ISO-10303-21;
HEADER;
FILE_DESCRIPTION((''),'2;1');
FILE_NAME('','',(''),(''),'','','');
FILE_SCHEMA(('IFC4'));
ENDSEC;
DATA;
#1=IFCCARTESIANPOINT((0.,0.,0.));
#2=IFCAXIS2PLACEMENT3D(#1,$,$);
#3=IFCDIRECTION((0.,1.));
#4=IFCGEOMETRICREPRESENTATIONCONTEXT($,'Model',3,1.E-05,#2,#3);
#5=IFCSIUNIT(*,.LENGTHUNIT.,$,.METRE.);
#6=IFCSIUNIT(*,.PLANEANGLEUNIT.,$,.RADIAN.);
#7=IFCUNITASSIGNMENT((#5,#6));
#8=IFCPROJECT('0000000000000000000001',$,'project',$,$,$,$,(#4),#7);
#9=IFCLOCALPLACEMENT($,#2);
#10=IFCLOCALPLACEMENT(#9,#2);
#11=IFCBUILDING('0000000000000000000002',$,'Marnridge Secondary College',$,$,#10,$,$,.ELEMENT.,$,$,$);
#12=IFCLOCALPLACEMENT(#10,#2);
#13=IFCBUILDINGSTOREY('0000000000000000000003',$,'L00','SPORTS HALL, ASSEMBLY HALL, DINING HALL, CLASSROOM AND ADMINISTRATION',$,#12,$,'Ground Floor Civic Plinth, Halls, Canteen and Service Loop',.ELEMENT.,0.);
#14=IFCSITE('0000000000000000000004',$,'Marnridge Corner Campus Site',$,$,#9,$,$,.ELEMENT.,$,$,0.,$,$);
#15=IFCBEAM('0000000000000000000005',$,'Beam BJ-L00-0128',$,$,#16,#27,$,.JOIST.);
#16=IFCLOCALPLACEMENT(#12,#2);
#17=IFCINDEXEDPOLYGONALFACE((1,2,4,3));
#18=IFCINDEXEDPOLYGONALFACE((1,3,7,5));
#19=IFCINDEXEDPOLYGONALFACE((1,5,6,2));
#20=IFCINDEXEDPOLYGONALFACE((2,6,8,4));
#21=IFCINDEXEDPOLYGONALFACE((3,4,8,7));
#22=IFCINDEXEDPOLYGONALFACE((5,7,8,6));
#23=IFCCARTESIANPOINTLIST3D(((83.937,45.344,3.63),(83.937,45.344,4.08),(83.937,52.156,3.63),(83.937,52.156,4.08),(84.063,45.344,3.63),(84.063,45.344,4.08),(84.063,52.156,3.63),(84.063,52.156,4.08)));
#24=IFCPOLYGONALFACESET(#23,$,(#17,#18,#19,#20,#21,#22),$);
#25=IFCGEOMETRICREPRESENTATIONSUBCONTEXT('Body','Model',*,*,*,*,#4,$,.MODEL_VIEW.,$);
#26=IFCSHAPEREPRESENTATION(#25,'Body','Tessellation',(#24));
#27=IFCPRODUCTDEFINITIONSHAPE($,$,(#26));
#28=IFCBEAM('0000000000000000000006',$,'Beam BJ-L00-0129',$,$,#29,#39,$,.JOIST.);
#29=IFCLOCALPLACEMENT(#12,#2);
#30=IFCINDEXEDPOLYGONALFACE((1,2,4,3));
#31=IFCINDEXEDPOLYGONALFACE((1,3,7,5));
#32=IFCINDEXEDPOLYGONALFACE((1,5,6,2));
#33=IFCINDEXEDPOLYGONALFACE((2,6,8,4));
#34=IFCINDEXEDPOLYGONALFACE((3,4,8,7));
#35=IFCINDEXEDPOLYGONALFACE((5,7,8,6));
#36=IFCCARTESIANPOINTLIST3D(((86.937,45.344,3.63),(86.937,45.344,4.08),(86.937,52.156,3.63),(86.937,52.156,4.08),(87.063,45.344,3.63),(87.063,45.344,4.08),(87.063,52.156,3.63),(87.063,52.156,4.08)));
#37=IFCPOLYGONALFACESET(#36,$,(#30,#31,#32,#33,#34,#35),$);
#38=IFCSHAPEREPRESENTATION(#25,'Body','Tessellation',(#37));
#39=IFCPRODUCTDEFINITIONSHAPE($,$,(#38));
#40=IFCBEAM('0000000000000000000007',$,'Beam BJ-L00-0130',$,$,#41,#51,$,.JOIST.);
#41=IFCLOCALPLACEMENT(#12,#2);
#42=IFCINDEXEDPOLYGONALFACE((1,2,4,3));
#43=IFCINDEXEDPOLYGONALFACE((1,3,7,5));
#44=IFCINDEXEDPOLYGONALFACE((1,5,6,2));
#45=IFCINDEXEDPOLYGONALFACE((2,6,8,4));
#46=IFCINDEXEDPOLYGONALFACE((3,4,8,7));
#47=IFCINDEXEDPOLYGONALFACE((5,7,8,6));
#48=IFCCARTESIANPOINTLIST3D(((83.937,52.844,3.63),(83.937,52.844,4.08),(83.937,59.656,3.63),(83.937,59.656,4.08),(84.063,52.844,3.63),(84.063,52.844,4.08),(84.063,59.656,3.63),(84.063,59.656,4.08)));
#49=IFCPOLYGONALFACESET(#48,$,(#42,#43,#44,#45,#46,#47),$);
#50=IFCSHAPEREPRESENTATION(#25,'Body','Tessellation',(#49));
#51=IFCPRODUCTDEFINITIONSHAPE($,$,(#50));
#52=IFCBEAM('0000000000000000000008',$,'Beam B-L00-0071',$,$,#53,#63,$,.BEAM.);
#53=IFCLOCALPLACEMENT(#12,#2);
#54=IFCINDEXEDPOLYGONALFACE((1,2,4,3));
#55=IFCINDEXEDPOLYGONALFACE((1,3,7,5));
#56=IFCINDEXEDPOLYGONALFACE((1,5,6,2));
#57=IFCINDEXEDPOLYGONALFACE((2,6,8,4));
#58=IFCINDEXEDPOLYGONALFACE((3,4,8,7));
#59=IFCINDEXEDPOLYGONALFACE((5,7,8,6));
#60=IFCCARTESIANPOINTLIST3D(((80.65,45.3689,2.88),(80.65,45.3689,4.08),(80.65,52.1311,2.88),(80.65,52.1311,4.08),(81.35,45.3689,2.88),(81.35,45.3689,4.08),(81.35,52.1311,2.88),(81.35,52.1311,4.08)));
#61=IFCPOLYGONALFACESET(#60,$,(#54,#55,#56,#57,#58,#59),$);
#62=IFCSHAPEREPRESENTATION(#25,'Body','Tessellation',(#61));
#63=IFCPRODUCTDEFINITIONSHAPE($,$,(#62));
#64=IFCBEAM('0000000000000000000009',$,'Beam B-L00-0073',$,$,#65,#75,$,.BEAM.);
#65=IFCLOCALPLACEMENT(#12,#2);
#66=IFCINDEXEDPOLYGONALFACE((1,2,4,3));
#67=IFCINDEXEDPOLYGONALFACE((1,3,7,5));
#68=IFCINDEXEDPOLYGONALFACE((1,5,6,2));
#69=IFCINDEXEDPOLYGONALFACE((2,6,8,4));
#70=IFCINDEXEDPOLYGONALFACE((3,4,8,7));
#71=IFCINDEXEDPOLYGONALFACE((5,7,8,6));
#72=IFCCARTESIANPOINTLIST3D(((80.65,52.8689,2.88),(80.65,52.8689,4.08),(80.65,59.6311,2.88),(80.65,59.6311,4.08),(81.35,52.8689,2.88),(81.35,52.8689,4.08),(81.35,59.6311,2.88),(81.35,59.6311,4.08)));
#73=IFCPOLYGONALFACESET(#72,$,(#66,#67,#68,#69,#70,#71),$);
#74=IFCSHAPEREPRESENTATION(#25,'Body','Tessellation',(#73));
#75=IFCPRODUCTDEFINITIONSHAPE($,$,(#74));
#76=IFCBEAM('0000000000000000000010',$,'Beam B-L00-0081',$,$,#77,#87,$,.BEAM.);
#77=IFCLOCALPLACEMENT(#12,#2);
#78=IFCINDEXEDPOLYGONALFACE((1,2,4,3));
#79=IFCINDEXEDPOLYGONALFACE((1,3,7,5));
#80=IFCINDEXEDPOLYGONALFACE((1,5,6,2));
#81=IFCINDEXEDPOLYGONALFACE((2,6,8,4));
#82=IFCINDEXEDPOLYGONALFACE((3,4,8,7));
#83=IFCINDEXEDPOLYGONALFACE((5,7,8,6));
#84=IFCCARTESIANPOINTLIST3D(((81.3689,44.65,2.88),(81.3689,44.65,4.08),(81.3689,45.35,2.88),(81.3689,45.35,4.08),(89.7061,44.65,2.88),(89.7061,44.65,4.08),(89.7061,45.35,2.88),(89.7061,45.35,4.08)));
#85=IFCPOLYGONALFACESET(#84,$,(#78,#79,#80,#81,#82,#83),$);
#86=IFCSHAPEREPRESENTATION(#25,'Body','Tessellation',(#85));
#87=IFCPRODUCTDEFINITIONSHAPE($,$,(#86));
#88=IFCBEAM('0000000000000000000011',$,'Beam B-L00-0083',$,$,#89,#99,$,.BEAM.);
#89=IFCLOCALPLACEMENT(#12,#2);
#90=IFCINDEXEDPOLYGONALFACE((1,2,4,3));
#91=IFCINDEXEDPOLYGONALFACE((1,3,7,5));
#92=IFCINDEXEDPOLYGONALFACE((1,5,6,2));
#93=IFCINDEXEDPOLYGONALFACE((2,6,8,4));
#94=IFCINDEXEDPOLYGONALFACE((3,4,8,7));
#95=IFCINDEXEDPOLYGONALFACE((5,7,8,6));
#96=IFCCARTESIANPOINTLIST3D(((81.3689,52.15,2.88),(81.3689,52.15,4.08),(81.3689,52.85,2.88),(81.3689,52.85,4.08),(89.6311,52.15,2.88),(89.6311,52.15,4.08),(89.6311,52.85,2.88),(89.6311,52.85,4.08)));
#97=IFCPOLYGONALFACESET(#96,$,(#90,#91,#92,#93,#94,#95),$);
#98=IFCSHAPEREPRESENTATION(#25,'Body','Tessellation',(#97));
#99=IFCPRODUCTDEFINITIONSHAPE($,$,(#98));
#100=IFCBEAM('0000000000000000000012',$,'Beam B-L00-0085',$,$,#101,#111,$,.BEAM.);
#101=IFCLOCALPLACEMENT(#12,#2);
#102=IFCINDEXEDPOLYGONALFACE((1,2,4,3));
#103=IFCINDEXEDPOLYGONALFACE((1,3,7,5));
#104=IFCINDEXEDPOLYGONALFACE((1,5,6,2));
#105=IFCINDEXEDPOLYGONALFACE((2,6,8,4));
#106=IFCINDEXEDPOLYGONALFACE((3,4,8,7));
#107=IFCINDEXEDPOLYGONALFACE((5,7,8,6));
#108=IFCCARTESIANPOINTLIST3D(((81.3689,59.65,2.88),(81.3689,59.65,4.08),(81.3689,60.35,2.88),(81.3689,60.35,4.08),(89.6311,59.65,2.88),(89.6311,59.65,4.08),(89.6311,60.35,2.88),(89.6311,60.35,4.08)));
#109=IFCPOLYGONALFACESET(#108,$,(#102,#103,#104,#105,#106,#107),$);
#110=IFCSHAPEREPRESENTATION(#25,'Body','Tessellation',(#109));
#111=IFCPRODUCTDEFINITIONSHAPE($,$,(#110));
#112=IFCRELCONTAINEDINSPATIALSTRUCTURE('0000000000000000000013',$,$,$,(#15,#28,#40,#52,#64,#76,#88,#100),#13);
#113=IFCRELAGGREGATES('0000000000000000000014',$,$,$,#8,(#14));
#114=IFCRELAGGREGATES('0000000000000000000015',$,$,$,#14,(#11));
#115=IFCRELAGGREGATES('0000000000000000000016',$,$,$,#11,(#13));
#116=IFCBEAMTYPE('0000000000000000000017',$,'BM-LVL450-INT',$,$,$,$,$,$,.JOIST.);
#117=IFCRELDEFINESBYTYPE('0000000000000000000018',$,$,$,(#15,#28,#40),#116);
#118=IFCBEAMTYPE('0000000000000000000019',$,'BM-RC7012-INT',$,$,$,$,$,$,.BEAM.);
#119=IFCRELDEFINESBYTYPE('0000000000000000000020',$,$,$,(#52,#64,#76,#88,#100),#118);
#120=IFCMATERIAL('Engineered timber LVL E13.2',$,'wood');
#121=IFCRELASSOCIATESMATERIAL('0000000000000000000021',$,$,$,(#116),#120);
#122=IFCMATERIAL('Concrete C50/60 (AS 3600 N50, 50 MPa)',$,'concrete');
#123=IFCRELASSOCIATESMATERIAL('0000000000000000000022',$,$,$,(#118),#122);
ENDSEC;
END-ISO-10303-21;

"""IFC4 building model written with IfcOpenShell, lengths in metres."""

from ifc_helpers import new_model, si_unit, direction, frame, origin, origin_2d, place, context, subcontext, project, spatial, rectangle, extrude, material, material_profile, profile_set, type_object, element, save


model = new_model("IFC4")

# Units and contexts
model_context = context("Model", 3, precision=1e-05, world=origin(), true_north=direction((0.0, 1.0)))
body_context = subcontext(model_context, "Body", "Model", "MODEL_VIEW")
ifc_project = project(units=[si_unit("LENGTHUNIT", "METRE"), si_unit("PLANEANGLEUNIT", "RADIAN")], contexts=[model_context])

# Site, building, storey
site_placement = place(None, origin())
site = spatial("IfcSite", under=ifc_project, at=site_placement, Name="Marnridge Corner Campus Site", CompositionType="ELEMENT", RefElevation=0.0)
building_placement = place(site_placement, origin())
building = spatial("IfcBuilding", under=site, at=building_placement, Name="Marnridge Secondary College", CompositionType="ELEMENT")
storey_placement = place(building_placement, origin())
storey = spatial("IfcBuildingStorey", under=building, at=storey_placement, Name="L00", Description="SPORTS HALL, ASSEMBLY HALL, DINING HALL, CLASSROOM AND ADMINISTRATION", LongName="Ground Floor Civic Plinth, Halls, Canteen and Service Loop", CompositionType="ELEMENT", Elevation=0.0)

# Beams
ifc_material_1 = material(Name="Engineered timber LVL E13.2", Category="wood")
ifc_material_profile_1 = material_profile(ifc_material_1, rectangle(XDim=0.126, YDim=0.45, at=origin_2d()), Name="LVL 126x450")
ifc_profile_set_1 = profile_set([ifc_material_profile_1], Name="Engineered timber LVL E13.2")
beam_type_1 = type_object("IfcBeamType", Name="BM-LVL450-INT", PredefinedType="JOIST", material=ifc_profile_set_1)
for number, where, z_axis, x_axis, name in (
    (1, (84.0, 45.344, 3.855), (0.0, 1.0, 0.0), (-1.0, 0.0, 0.0), "Beam BJ-L00-0128"),
    (2, (87.0, 45.344, 3.855), (0.0, 1.0, 0.0), (-1.0, 0.0, 0.0), "Beam BJ-L00-0129"),
    (3, (84.0, 52.844, 3.855), (0.0, 1.0, 0.0), (-1.0, 0.0, 0.0), "Beam BJ-L00-0130"),
):
    element("IfcBeam", number, at=place(storey_placement, frame(where, z_axis=z_axis, x_axis=x_axis)), inside=storey, type_object=beam_type_1, Name=name, PredefinedType="JOIST", context=body_context, shape_type="SweptSolid", body=[
        extrude(rectangle(XDim=0.126, YDim=0.45, at=origin_2d()), origin(), (0.0, 0.0, 1.0), 6.812),
    ])
ifc_material_2 = material(Name="Concrete C50/60 (AS 3600 N50, 50 MPa)", Category="concrete")
ifc_material_profile_2 = material_profile(ifc_material_2, rectangle(XDim=0.7, YDim=1.2, at=origin_2d()), Name="RC 700x1200")
ifc_profile_set_2 = profile_set([ifc_material_profile_2], Name="Concrete C50/60 (AS 3600 N50, 50 MPa)")
beam_type_2 = type_object("IfcBeamType", Name="BM-RC7012-INT", PredefinedType="BEAM", material=ifc_profile_set_2)
for number, where, z_axis, x_axis, name in (
    (4, (81.0, 45.3689, 3.48), (0.0, 1.0, 0.0), (-1.0, 0.0, 0.0), "Beam B-L00-0071"),
    (5, (81.0, 52.8689, 3.48), (0.0, 1.0, 0.0), (-1.0, 0.0, 0.0), "Beam B-L00-0073"),
):
    element("IfcBeam", number, at=place(storey_placement, frame(where, z_axis=z_axis, x_axis=x_axis)), inside=storey, type_object=beam_type_2, Name=name, PredefinedType="BEAM", context=body_context, shape_type="SweptSolid", body=[
        extrude(rectangle(XDim=0.7, YDim=1.2, at=origin_2d()), origin(), (0.0, 0.0, 1.0), 6.7622),
    ])
beam_placement = place(storey_placement, frame((81.3689, 45.0, 3.48), z_axis=(1.0, 0.0, 0.0), x_axis=(0.0, 1.0, 0.0)))
element("IfcBeam", 6, at=beam_placement, inside=storey, type_object=beam_type_2, Name="Beam B-L00-0081", PredefinedType="BEAM", context=body_context, shape_type="SweptSolid", body=[
    extrude(rectangle(XDim=0.7, YDim=1.2, at=origin_2d()), origin(), (0.0, 0.0, 1.0), 8.3372),
])
for number, where, z_axis, x_axis, name in (
    (7, (81.3689, 52.5, 3.48), (1.0, 0.0, 0.0), (0.0, 1.0, 0.0), "Beam B-L00-0083"),
    (8, (81.3689, 60.0, 3.48), (1.0, 0.0, 0.0), (0.0, 1.0, 0.0), "Beam B-L00-0085"),
):
    element("IfcBeam", number, at=place(storey_placement, frame(where, z_axis=z_axis, x_axis=x_axis)), inside=storey, type_object=beam_type_2, Name=name, PredefinedType="BEAM", context=body_context, shape_type="SweptSolid", body=[
        extrude(rectangle(XDim=0.7, YDim=1.2, at=origin_2d()), origin(), (0.0, 0.0, 1.0), 8.2622),
    ])

save(model, "model.ifc")
